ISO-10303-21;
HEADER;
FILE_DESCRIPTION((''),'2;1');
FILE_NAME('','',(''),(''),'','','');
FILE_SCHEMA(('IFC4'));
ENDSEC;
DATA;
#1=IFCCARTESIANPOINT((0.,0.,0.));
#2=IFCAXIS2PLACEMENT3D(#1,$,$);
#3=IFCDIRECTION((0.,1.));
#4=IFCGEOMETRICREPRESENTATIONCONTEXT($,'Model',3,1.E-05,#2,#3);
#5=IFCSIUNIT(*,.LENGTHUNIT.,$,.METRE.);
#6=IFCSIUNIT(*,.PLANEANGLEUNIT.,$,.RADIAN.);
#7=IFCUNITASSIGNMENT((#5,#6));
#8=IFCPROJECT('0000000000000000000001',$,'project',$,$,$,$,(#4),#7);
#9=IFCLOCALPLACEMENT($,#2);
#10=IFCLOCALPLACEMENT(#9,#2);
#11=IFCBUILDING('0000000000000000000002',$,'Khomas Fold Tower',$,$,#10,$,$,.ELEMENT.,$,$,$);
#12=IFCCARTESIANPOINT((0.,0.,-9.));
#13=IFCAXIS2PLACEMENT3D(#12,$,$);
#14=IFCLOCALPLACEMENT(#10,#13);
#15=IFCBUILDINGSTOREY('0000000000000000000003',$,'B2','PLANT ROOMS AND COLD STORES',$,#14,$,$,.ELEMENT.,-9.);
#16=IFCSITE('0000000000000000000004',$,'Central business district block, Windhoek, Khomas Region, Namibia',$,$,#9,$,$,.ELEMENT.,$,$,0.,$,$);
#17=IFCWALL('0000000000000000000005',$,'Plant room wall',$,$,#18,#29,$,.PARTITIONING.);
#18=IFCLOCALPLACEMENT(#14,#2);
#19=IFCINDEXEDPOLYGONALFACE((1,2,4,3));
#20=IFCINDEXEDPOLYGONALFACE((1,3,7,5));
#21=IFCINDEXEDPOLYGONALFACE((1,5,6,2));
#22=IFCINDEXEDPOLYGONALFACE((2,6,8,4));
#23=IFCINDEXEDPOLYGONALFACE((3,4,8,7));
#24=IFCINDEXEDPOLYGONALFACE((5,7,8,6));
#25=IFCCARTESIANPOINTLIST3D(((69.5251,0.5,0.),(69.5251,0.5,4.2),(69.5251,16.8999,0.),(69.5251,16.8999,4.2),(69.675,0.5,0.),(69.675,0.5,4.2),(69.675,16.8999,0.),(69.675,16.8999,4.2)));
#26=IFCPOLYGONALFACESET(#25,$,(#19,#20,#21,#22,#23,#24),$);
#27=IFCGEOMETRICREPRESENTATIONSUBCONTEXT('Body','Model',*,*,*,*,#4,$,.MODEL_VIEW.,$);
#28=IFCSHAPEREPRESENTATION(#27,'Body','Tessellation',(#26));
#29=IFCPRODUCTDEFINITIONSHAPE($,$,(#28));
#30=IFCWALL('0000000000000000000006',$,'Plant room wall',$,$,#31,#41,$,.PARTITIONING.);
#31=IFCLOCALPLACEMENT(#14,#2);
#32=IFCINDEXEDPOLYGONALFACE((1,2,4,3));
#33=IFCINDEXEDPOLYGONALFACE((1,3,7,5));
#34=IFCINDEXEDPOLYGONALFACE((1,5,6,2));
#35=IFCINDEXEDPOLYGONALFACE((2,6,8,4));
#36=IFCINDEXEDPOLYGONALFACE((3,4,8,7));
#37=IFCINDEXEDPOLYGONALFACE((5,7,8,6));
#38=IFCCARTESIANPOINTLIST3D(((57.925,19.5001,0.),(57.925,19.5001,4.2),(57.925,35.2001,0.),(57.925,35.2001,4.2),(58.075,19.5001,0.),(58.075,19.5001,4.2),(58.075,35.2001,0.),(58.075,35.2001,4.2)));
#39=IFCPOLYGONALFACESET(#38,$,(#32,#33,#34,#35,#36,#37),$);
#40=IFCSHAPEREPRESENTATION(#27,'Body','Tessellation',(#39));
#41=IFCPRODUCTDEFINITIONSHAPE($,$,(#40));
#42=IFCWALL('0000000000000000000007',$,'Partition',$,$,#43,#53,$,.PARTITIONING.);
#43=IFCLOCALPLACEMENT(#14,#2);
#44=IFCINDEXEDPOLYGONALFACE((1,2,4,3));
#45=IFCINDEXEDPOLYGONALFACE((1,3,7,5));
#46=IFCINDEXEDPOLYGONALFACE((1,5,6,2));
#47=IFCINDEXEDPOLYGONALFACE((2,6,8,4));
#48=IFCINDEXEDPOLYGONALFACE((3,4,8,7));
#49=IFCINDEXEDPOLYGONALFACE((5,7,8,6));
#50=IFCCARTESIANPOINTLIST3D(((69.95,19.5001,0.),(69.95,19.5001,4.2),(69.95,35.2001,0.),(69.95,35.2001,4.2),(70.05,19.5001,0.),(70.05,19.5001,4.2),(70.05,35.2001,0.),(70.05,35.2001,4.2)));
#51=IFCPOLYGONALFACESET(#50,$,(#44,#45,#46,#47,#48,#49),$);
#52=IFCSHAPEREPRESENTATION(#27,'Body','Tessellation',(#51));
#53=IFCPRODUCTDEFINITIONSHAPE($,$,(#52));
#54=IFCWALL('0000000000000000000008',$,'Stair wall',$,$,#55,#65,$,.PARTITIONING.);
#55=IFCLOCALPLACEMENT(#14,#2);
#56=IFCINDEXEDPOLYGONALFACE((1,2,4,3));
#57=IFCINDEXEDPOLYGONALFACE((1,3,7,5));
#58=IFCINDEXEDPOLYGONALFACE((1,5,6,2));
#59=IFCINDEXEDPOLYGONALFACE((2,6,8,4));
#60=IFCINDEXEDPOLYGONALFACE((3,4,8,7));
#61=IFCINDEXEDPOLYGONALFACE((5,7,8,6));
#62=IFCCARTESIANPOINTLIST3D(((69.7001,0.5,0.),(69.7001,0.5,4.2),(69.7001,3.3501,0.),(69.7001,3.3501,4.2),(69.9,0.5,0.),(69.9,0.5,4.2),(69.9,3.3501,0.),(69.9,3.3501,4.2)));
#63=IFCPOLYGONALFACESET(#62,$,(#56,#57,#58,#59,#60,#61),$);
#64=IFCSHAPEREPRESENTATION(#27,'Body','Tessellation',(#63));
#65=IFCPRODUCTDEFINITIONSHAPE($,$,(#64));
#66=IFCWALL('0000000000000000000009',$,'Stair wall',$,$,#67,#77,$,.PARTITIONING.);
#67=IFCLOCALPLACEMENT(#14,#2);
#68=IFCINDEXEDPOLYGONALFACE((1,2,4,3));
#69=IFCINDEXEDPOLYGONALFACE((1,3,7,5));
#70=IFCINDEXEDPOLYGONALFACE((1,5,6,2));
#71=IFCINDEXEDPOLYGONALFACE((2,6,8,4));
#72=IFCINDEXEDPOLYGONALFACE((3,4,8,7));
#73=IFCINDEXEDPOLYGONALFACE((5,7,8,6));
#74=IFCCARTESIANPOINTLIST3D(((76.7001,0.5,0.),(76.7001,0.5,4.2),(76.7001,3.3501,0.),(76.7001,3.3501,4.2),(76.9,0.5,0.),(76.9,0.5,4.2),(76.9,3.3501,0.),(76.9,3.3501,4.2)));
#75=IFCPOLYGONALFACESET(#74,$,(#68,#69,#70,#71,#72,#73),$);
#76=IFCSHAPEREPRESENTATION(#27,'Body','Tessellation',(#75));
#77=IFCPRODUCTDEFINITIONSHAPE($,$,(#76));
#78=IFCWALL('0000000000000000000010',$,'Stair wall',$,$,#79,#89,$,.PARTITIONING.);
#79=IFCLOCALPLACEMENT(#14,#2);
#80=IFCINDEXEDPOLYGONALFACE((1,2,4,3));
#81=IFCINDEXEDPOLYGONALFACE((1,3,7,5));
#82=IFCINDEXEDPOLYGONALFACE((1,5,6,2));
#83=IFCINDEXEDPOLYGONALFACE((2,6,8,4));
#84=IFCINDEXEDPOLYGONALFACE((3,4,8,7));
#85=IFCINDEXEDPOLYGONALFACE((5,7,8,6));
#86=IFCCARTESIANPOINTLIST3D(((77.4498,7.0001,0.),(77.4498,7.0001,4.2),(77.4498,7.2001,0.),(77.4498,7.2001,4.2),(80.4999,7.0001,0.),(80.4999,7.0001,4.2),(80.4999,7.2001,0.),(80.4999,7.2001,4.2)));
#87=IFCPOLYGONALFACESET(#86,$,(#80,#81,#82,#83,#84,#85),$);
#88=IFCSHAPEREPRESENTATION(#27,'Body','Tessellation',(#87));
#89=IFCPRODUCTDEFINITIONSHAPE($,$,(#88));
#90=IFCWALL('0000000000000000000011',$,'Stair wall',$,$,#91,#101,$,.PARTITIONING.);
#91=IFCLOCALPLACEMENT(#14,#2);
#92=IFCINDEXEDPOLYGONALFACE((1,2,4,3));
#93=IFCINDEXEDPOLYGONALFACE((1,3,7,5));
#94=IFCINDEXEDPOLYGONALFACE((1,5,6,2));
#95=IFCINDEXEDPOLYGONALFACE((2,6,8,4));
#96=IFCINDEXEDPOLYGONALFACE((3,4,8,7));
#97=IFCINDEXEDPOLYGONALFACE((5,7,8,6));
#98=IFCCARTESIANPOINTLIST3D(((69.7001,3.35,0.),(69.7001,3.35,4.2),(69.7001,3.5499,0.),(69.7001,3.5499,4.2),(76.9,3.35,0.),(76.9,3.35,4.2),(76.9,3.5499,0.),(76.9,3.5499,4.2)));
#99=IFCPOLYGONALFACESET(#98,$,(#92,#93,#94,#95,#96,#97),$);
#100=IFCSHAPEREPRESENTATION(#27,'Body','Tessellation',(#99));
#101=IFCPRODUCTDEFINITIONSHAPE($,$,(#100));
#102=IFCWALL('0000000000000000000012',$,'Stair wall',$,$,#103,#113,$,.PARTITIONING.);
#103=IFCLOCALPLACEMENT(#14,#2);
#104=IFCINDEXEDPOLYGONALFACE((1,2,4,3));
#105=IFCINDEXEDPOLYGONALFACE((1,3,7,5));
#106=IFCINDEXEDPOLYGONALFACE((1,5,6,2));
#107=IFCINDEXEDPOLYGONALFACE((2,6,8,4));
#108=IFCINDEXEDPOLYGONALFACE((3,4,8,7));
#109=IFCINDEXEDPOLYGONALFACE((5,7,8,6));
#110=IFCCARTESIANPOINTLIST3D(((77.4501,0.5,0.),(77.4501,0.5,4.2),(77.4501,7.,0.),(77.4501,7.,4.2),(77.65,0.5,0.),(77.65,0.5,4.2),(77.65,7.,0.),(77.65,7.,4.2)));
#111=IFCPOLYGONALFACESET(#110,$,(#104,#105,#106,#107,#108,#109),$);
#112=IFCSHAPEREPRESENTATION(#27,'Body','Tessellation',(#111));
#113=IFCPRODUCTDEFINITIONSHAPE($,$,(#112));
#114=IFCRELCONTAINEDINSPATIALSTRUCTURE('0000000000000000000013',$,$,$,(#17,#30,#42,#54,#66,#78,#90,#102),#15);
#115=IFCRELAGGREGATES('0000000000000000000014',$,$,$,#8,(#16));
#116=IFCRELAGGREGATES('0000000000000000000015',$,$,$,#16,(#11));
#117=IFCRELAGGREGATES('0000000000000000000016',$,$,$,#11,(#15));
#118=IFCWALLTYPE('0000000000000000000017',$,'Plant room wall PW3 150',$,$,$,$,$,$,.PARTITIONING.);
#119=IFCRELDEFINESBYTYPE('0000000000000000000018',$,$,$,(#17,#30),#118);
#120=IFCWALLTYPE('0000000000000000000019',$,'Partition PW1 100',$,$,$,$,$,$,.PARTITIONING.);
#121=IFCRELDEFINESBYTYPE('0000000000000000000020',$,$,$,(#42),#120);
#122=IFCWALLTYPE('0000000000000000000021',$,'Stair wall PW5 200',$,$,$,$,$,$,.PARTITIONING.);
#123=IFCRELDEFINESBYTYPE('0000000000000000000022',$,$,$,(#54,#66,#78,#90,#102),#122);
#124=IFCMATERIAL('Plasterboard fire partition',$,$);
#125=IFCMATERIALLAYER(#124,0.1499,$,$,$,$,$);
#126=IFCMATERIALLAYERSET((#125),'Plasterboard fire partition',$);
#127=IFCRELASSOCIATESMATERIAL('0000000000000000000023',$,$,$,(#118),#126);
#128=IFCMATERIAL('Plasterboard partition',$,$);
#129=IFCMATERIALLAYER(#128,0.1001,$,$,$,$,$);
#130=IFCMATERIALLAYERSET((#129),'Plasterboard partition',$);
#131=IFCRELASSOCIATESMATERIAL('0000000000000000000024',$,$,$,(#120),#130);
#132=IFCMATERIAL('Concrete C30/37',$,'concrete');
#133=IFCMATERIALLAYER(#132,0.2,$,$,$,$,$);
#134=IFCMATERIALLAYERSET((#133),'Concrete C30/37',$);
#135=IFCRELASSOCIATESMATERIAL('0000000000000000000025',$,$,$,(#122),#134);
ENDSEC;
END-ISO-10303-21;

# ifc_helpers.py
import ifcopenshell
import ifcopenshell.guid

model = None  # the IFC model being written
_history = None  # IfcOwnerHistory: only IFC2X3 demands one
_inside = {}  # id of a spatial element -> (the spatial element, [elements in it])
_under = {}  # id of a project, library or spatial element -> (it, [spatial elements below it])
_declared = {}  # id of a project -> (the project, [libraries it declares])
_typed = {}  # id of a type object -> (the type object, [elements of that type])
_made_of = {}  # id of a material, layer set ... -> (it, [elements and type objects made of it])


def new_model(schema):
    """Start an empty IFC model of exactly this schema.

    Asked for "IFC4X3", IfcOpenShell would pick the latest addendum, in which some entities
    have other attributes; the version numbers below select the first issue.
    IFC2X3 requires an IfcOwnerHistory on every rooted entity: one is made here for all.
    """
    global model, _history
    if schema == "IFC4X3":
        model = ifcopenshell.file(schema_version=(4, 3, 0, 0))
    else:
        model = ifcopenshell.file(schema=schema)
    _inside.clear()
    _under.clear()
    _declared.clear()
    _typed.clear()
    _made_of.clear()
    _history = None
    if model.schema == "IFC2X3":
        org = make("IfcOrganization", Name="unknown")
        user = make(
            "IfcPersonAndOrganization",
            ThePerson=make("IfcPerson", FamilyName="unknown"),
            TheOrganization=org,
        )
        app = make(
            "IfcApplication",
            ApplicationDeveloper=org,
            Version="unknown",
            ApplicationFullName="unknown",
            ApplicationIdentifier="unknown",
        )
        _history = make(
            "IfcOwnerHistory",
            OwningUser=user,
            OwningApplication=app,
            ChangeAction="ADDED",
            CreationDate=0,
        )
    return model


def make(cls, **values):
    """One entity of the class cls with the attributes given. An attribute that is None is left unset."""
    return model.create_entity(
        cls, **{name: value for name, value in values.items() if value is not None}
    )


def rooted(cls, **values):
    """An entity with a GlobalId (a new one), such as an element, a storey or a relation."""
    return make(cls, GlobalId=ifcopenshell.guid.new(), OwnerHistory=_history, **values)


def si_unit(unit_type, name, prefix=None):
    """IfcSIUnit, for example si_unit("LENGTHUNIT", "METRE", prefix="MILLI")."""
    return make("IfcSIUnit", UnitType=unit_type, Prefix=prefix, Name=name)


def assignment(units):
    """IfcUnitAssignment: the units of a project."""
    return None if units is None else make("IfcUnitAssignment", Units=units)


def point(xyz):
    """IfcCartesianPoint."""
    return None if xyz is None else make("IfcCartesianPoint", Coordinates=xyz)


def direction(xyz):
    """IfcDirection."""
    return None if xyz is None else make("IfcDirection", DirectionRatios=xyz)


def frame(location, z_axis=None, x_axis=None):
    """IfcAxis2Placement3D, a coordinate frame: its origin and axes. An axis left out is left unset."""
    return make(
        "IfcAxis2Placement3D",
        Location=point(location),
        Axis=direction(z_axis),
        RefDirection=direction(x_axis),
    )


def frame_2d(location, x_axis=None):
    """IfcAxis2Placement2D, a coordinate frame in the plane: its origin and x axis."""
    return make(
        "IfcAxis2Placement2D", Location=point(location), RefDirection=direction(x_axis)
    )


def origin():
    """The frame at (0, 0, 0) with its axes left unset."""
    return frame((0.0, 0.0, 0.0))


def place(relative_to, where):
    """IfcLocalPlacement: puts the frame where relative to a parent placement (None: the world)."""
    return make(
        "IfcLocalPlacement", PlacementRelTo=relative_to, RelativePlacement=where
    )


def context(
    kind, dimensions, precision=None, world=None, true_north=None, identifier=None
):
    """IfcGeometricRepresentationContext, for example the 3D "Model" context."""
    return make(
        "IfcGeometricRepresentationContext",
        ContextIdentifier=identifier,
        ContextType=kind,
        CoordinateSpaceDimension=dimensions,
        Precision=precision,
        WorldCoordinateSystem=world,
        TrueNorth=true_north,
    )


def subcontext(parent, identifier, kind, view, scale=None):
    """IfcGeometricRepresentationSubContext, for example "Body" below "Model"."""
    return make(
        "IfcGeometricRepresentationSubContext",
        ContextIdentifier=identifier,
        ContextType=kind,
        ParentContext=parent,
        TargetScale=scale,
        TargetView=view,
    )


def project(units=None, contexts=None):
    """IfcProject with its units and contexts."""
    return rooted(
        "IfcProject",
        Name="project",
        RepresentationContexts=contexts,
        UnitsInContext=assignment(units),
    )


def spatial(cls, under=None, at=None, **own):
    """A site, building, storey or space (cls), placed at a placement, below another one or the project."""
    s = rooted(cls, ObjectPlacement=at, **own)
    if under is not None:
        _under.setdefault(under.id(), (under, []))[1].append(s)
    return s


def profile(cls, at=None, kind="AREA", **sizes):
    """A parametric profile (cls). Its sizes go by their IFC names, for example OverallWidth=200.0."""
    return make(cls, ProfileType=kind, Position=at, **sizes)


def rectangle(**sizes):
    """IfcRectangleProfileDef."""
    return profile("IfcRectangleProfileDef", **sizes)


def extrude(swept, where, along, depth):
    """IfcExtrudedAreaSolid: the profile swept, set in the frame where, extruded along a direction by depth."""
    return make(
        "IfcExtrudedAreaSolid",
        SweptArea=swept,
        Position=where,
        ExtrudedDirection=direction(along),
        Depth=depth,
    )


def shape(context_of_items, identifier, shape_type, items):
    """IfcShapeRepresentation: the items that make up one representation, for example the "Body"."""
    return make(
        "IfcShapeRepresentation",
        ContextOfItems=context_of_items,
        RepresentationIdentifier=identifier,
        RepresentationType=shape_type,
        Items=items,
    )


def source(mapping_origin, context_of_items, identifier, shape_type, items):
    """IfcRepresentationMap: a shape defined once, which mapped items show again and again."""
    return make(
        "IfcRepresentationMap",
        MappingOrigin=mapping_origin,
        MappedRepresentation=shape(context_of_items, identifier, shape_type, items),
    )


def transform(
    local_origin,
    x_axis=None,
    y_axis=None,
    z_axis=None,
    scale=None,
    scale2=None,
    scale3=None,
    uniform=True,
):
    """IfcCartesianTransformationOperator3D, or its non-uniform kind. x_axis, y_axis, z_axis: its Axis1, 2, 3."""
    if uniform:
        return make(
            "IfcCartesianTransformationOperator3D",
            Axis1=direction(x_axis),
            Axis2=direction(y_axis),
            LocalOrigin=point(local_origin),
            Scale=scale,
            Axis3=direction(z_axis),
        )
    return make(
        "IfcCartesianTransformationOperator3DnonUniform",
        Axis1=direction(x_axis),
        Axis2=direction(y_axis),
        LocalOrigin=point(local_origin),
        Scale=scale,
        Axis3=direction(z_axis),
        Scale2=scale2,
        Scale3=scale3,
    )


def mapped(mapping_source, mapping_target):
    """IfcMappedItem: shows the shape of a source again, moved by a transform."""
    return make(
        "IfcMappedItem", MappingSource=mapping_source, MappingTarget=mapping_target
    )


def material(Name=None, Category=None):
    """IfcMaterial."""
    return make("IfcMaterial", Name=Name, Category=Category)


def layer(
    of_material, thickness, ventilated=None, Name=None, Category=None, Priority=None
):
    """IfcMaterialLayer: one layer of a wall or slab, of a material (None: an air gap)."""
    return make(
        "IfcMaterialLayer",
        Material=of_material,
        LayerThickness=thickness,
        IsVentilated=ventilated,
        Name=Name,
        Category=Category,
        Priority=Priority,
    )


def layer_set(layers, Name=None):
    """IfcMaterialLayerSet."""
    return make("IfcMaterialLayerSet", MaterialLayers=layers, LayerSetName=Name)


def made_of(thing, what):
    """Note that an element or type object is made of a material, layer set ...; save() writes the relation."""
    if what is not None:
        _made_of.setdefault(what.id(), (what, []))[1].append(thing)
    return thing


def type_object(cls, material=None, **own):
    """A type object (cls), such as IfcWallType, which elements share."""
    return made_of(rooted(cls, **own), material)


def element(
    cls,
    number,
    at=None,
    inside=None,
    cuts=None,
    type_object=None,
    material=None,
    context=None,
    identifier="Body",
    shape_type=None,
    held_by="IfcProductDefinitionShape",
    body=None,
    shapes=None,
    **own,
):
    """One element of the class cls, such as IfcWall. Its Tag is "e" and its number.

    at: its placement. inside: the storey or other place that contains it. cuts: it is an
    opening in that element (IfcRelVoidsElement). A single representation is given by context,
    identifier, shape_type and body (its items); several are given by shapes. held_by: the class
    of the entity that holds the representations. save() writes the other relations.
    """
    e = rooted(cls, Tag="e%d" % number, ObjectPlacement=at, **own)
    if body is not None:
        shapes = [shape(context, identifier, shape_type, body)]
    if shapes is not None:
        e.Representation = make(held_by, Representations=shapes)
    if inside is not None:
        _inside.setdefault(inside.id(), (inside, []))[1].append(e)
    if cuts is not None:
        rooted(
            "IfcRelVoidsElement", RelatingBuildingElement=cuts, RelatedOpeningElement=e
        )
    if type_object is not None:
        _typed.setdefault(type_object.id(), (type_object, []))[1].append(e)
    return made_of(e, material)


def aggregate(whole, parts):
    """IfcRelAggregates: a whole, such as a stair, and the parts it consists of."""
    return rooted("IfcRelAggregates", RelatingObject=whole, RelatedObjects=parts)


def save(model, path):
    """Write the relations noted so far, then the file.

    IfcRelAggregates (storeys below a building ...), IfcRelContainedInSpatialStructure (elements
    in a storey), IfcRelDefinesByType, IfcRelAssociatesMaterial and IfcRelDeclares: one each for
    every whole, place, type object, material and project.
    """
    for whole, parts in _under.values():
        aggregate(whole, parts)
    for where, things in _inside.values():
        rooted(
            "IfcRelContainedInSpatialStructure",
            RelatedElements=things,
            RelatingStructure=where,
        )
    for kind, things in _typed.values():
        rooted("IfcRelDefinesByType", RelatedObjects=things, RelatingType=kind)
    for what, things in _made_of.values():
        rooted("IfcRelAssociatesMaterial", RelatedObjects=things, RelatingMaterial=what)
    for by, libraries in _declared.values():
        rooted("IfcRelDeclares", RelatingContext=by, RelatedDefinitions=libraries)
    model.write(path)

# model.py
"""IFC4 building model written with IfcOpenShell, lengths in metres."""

from ifc_helpers import new_model, si_unit, direction, frame, frame_2d, origin, place, context, subcontext, project, spatial, rectangle, extrude, source, transform, mapped, material, layer, layer_set, type_object, element, save


model = new_model("IFC4")

# Units and contexts
model_context = context("Model", 3, precision=1e-05, world=origin(), true_north=direction((0.0, 1.0)))
body_context = subcontext(model_context, "Body", "Model", "MODEL_VIEW")
ifc_project = project(units=[si_unit("LENGTHUNIT", "METRE"), si_unit("PLANEANGLEUNIT", "RADIAN")], contexts=[model_context])

# Site, building, storey
site_placement = place(None, origin())
site = spatial("IfcSite", under=ifc_project, at=site_placement, Name="Central business district block, Windhoek, Khomas Region, Namibia", CompositionType="ELEMENT", RefElevation=0.0)
building_placement = place(site_placement, origin())
building = spatial("IfcBuilding", under=site, at=building_placement, Name="Khomas Fold Tower", CompositionType="ELEMENT")
storey_placement = place(building_placement, frame((0.0, 0.0, -9.0)))
storey = spatial("IfcBuildingStorey", under=building, at=storey_placement, Name="B2", Description="PLANT ROOMS AND COLD STORES", CompositionType="ELEMENT", Elevation=-9.0)

# Walls
ifc_material_1 = material(Name="Plasterboard fire partition")
ifc_layer_1 = layer(ifc_material_1, 0.1499)
ifc_layer_set_1 = layer_set([ifc_layer_1], Name="Plasterboard fire partition")
wall_type_1 = type_object("IfcWallType", Name="Plant room wall PW3 150", PredefinedType="PARTITIONING", material=ifc_layer_set_1)
shared_shape_1 = source(origin(), body_context, "Body", "SweptSolid", [
    extrude(rectangle(XDim=16.3999, YDim=0.1499, at=frame_2d((8.2, 0.0))), origin(), (0.0, 0.0, 1.0), 4.2),
])
for number, where, z_axis, x_axis, name in (
    (1, (69.6001, 0.5, 0.0), (0.0, 0.0, 1.0), (0.0, 1.0, 0.0), "Plant room wall"),
):
    element("IfcWall", number, at=place(storey_placement, frame(where, z_axis=z_axis, x_axis=x_axis)), inside=storey, type_object=wall_type_1, Name=name, PredefinedType="PARTITIONING", context=body_context, shape_type="MappedRepresentation", body=[
        mapped(shared_shape_1, transform((0.0, 0.0, 0.0))),
    ])
shared_shape_2 = source(origin(), body_context, "Body", "SweptSolid", [
    extrude(rectangle(XDim=15.7, YDim=0.1499, at=frame_2d((7.8501, 0.0))), origin(), (0.0, 0.0, 1.0), 4.2),
])
wall_1_placement = place(storey_placement, frame((58.0, 19.5, 0.0), z_axis=(0.0, 0.0, 1.0), x_axis=(0.0, 1.0, 0.0)))
element("IfcWall", 2, at=wall_1_placement, inside=storey, type_object=wall_type_1, Name="Plant room wall", PredefinedType="PARTITIONING", context=body_context, shape_type="MappedRepresentation", body=[
    mapped(shared_shape_2, transform((0.0, 0.0, 0.0))),
])
ifc_material_2 = material(Name="Plasterboard partition")
ifc_layer_2 = layer(ifc_material_2, 0.1001)
ifc_layer_set_2 = layer_set([ifc_layer_2], Name="Plasterboard partition")
wall_type_2 = type_object("IfcWallType", Name="Partition PW1 100", PredefinedType="PARTITIONING", material=ifc_layer_set_2)
shared_shape_3 = source(origin(), body_context, "Body", "SweptSolid", [
    extrude(rectangle(XDim=15.7, YDim=0.1001, at=frame_2d((7.8501, 0.0))), origin(), (0.0, 0.0, 1.0), 4.2),
])
wall_2_placement = place(storey_placement, frame((70.0, 19.5, 0.0), z_axis=(0.0, 0.0, 1.0), x_axis=(0.0, 1.0, 0.0)))
element("IfcWall", 3, at=wall_2_placement, inside=storey, type_object=wall_type_2, Name="Partition", PredefinedType="PARTITIONING", context=body_context, shape_type="MappedRepresentation", body=[
    mapped(shared_shape_3, transform((0.0, 0.0, 0.0))),
])
ifc_material_3 = material(Name="Concrete C30/37", Category="concrete")
ifc_layer_3 = layer(ifc_material_3, 0.2)
ifc_layer_set_3 = layer_set([ifc_layer_3], Name="Concrete C30/37")
wall_type_3 = type_object("IfcWallType", Name="Stair wall PW5 200", PredefinedType="PARTITIONING", material=ifc_layer_set_3)
shared_shape_4 = source(origin(), body_context, "Body", "SweptSolid", [
    extrude(rectangle(XDim=2.8501, YDim=0.2, at=frame_2d((1.425, 0.0))), origin(), (0.0, 0.0, 1.0), 4.2),
])
for number, where, z_axis, x_axis, name in (
    (4, (69.8, 0.5, 0.0), (0.0, 0.0, 1.0), (0.0, 1.0, 0.0), "Stair wall"),
    (5, (76.8, 0.5, 0.0), (0.0, 0.0, 1.0), (0.0, 1.0, 0.0), "Stair wall"),
):
    element("IfcWall", number, at=place(storey_placement, frame(where, z_axis=z_axis, x_axis=x_axis)), inside=storey, type_object=wall_type_3, Name=name, PredefinedType="PARTITIONING", context=body_context, shape_type="MappedRepresentation", body=[
        mapped(shared_shape_4, transform((0.0, 0.0, 0.0))),
    ])
shared_shape_5 = source(origin(), body_context, "Body", "SweptSolid", [
    extrude(rectangle(XDim=3.05, YDim=0.2, at=frame_2d((1.5249, 0.0))), origin(), (0.0, 0.0, 1.0), 4.2),
])
wall_3_placement = place(storey_placement, frame((77.45, 7.1001, 0.0), z_axis=(0.0, 0.0, 1.0), x_axis=(1.0, 0.0, 0.0)))
element("IfcWall", 6, at=wall_3_placement, inside=storey, type_object=wall_type_3, Name="Stair wall", PredefinedType="PARTITIONING", context=body_context, shape_type="MappedRepresentation", body=[
    mapped(shared_shape_5, transform((0.0, 0.0, 0.0))),
])
shared_shape_6 = source(origin(), body_context, "Body", "SweptSolid", [
    extrude(rectangle(XDim=7.2, YDim=0.2, at=frame_2d((3.6001, 0.0))), origin(), (0.0, 0.0, 1.0), 4.2),
])
wall_4_placement = place(storey_placement, frame((69.7, 3.45, 0.0), z_axis=(0.0, 0.0, 1.0), x_axis=(1.0, 0.0, 0.0)))
element("IfcWall", 7, at=wall_4_placement, inside=storey, type_object=wall_type_3, Name="Stair wall", PredefinedType="PARTITIONING", context=body_context, shape_type="MappedRepresentation", body=[
    mapped(shared_shape_6, transform((0.0, 0.0, 0.0))),
])
shared_shape_7 = source(origin(), body_context, "Body", "SweptSolid", [
    extrude(rectangle(XDim=6.5, YDim=0.2, at=frame_2d((3.25, 0.0))), origin(), (0.0, 0.0, 1.0), 4.2),
])
wall_5_placement = place(storey_placement, frame((77.55, 0.5, 0.0), z_axis=(0.0, 0.0, 1.0), x_axis=(0.0, 1.0, 0.0)))
element("IfcWall", 8, at=wall_5_placement, inside=storey, type_object=wall_type_3, Name="Stair wall", PredefinedType="PARTITIONING", context=body_context, shape_type="MappedRepresentation", body=[
    mapped(shared_shape_7, transform((0.0, 0.0, 0.0))),
])

save(model, "model.ifc")
